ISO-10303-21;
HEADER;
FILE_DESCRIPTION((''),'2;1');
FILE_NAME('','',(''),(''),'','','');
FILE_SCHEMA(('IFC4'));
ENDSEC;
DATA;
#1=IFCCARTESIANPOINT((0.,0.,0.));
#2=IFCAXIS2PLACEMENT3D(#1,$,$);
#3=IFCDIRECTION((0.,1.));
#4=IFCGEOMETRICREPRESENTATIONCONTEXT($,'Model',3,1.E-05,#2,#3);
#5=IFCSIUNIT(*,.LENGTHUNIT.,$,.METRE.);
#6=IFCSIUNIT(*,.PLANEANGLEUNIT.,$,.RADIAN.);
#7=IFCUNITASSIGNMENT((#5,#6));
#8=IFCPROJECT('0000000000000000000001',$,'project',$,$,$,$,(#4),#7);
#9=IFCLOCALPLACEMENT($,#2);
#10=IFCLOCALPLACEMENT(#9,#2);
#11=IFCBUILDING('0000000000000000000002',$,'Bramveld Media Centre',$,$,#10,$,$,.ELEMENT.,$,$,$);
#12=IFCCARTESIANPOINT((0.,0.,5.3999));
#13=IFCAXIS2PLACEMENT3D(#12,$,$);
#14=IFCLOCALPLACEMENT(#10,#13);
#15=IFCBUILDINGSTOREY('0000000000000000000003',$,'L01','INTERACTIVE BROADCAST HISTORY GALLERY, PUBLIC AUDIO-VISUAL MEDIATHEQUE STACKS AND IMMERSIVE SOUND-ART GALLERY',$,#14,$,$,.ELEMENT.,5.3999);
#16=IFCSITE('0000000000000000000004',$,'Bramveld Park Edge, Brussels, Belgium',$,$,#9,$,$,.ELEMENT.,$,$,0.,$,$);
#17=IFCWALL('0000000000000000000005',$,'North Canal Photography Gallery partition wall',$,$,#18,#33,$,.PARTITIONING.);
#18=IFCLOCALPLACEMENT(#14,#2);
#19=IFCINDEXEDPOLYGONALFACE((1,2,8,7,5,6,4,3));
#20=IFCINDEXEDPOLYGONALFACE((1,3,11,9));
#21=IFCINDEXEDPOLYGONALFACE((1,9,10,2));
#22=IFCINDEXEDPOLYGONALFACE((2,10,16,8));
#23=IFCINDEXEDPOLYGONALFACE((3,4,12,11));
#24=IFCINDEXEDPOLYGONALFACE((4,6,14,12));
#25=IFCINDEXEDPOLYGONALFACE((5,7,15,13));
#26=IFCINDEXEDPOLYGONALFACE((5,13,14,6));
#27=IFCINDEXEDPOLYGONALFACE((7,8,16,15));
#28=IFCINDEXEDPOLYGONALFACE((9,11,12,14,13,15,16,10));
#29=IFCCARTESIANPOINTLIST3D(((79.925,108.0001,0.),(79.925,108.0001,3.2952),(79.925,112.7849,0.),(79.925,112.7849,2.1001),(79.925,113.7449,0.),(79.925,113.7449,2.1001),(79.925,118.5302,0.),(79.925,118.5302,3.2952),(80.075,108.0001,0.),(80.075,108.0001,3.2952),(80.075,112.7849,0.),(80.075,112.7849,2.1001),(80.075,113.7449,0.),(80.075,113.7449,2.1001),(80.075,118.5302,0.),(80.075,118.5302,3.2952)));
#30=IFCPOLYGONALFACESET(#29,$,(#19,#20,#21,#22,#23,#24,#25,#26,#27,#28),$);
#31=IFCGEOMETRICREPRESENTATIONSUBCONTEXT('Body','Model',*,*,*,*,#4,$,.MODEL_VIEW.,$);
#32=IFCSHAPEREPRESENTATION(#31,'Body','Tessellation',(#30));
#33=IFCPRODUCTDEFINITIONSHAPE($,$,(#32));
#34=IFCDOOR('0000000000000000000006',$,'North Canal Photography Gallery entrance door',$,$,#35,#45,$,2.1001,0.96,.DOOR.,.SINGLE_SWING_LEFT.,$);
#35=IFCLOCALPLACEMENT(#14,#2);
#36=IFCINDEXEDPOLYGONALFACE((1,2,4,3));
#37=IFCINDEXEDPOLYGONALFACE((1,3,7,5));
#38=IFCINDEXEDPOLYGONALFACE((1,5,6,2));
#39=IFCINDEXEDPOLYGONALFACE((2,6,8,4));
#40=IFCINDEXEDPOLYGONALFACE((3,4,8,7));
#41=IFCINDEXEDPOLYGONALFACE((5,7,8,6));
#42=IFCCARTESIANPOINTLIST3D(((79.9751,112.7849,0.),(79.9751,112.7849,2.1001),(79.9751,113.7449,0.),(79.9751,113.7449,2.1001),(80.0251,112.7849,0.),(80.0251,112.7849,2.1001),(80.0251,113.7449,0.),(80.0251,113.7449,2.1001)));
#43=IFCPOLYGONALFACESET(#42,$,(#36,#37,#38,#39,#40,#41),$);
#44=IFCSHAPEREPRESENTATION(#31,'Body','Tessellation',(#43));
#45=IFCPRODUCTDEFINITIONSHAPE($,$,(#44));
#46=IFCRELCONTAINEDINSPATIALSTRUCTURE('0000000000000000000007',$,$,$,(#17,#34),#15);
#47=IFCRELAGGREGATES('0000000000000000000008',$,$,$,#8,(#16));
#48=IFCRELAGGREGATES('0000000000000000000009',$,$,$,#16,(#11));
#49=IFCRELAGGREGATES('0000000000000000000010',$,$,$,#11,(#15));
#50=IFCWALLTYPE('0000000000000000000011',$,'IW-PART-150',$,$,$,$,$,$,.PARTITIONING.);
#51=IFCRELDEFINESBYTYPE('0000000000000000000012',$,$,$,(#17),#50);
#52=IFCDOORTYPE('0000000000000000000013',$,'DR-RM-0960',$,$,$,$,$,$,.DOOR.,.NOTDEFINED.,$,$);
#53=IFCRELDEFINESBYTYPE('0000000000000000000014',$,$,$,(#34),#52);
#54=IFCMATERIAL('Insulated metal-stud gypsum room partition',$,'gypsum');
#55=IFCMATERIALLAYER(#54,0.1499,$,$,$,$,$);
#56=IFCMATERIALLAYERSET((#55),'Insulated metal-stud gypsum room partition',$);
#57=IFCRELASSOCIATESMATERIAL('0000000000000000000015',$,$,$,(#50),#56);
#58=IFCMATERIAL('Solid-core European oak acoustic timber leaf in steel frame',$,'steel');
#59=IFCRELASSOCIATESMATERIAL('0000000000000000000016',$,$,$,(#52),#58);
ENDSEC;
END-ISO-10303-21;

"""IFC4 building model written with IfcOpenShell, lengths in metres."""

from ifc_helpers import new_model, si_unit, direction, frame, frame_2d, origin, place, context, subcontext, project, spatial, rectangle, extrude, material, layer, layer_set, type_object, element, fill, save


model = new_model("IFC4")

# Units and contexts
model_context = context("Model", 3, precision=1e-05, world=origin(), true_north=direction((0.0, 1.0)))
body_context = subcontext(model_context, "Body", "Model", "MODEL_VIEW")
ifc_project = project(units=[si_unit("LENGTHUNIT", "METRE"), si_unit("PLANEANGLEUNIT", "RADIAN")], contexts=[model_context])

# Site, building, storey
site_placement = place(None, origin())
site = spatial("IfcSite", under=ifc_project, at=site_placement, Name="Bramveld Park Edge, Brussels, Belgium", CompositionType="ELEMENT", RefElevation=0.0)
building_placement = place(site_placement, origin())
building = spatial("IfcBuilding", under=site, at=building_placement, Name="Bramveld Media Centre", CompositionType="ELEMENT")
storey_placement = place(building_placement, frame((0.0, 0.0, 5.3999)))
storey = spatial("IfcBuildingStorey", under=building, at=storey_placement, Name="L01", Description="INTERACTIVE BROADCAST HISTORY GALLERY, PUBLIC AUDIO-VISUAL MEDIATHEQUE STACKS AND IMMERSIVE SOUND-ART GALLERY", CompositionType="ELEMENT", Elevation=5.3999)

# Wall, opening, door
ifc_material_1 = material(Name="Insulated metal-stud gypsum room partition", Category="gypsum")
ifc_layer_1 = layer(ifc_material_1, 0.1499)
ifc_layer_set_1 = layer_set([ifc_layer_1], Name="Insulated metal-stud gypsum room partition")
wall_type = type_object("IfcWallType", Name="IW-PART-150", PredefinedType="PARTITIONING", material=ifc_layer_set_1)
wall_placement = place(storey_placement, frame((80.0, 108.0, 0.0), z_axis=(0.0, 0.0, 1.0), x_axis=(0.0, 1.0, 0.0)))
wall = element("IfcWall", 1, at=wall_placement, inside=storey, type_object=wall_type, Name="North Canal Photography Gallery partition wall", PredefinedType="PARTITIONING", context=body_context, shape_type="SweptSolid", body=[
    extrude(rectangle(XDim=10.53, YDim=0.1499, at=frame_2d((5.2651, 0.0))), origin(), (0.0, 0.0, 1.0), 3.2952),
])
opening_placement = place(wall_placement, frame((4.7849, 0.0, 0.0)))
opening = element("IfcOpeningElement", 2, at=opening_placement, cuts=wall, PredefinedType="OPENING", context=body_context, shape_type="SweptSolid", body=[
    extrude(rectangle(XDim=0.96, YDim=2.1001, at=frame_2d((0.48, 1.05))), frame((0.0, 0.0869, 0.0), z_axis=(0.0, -1.0, 0.0), x_axis=(1.0, 0.0, 0.0)), (0.0, 0.0, 1.0), 0.1738),
])
ifc_material_2 = material(Name="Solid-core European oak acoustic timber leaf in steel frame", Category="steel")
door_type = type_object("IfcDoorType", Name="DR-RM-0960", OperationType="NOTDEFINED", PredefinedType="DOOR", material=ifc_material_2)
door_placement = place(opening_placement, origin())
door = element("IfcDoor", 3, at=door_placement, inside=storey, type_object=door_type, Name="North Canal Photography Gallery entrance door", OperationType="SINGLE_SWING_LEFT", OverallHeight=2.1001, OverallWidth=0.96, PredefinedType="DOOR", context=body_context, shape_type="SweptSolid", body=[
    extrude(rectangle(XDim=0.96, YDim=2.1001, at=frame_2d((0.48, 1.05))), frame((0.0, 0.0249, 0.0), z_axis=(0.0, -1.0, 0.0), x_axis=(1.0, 0.0, 0.0)), (0.0, 0.0, 1.0), 0.05),
])
fill(opening, door)

save(model, "model.ifc")
